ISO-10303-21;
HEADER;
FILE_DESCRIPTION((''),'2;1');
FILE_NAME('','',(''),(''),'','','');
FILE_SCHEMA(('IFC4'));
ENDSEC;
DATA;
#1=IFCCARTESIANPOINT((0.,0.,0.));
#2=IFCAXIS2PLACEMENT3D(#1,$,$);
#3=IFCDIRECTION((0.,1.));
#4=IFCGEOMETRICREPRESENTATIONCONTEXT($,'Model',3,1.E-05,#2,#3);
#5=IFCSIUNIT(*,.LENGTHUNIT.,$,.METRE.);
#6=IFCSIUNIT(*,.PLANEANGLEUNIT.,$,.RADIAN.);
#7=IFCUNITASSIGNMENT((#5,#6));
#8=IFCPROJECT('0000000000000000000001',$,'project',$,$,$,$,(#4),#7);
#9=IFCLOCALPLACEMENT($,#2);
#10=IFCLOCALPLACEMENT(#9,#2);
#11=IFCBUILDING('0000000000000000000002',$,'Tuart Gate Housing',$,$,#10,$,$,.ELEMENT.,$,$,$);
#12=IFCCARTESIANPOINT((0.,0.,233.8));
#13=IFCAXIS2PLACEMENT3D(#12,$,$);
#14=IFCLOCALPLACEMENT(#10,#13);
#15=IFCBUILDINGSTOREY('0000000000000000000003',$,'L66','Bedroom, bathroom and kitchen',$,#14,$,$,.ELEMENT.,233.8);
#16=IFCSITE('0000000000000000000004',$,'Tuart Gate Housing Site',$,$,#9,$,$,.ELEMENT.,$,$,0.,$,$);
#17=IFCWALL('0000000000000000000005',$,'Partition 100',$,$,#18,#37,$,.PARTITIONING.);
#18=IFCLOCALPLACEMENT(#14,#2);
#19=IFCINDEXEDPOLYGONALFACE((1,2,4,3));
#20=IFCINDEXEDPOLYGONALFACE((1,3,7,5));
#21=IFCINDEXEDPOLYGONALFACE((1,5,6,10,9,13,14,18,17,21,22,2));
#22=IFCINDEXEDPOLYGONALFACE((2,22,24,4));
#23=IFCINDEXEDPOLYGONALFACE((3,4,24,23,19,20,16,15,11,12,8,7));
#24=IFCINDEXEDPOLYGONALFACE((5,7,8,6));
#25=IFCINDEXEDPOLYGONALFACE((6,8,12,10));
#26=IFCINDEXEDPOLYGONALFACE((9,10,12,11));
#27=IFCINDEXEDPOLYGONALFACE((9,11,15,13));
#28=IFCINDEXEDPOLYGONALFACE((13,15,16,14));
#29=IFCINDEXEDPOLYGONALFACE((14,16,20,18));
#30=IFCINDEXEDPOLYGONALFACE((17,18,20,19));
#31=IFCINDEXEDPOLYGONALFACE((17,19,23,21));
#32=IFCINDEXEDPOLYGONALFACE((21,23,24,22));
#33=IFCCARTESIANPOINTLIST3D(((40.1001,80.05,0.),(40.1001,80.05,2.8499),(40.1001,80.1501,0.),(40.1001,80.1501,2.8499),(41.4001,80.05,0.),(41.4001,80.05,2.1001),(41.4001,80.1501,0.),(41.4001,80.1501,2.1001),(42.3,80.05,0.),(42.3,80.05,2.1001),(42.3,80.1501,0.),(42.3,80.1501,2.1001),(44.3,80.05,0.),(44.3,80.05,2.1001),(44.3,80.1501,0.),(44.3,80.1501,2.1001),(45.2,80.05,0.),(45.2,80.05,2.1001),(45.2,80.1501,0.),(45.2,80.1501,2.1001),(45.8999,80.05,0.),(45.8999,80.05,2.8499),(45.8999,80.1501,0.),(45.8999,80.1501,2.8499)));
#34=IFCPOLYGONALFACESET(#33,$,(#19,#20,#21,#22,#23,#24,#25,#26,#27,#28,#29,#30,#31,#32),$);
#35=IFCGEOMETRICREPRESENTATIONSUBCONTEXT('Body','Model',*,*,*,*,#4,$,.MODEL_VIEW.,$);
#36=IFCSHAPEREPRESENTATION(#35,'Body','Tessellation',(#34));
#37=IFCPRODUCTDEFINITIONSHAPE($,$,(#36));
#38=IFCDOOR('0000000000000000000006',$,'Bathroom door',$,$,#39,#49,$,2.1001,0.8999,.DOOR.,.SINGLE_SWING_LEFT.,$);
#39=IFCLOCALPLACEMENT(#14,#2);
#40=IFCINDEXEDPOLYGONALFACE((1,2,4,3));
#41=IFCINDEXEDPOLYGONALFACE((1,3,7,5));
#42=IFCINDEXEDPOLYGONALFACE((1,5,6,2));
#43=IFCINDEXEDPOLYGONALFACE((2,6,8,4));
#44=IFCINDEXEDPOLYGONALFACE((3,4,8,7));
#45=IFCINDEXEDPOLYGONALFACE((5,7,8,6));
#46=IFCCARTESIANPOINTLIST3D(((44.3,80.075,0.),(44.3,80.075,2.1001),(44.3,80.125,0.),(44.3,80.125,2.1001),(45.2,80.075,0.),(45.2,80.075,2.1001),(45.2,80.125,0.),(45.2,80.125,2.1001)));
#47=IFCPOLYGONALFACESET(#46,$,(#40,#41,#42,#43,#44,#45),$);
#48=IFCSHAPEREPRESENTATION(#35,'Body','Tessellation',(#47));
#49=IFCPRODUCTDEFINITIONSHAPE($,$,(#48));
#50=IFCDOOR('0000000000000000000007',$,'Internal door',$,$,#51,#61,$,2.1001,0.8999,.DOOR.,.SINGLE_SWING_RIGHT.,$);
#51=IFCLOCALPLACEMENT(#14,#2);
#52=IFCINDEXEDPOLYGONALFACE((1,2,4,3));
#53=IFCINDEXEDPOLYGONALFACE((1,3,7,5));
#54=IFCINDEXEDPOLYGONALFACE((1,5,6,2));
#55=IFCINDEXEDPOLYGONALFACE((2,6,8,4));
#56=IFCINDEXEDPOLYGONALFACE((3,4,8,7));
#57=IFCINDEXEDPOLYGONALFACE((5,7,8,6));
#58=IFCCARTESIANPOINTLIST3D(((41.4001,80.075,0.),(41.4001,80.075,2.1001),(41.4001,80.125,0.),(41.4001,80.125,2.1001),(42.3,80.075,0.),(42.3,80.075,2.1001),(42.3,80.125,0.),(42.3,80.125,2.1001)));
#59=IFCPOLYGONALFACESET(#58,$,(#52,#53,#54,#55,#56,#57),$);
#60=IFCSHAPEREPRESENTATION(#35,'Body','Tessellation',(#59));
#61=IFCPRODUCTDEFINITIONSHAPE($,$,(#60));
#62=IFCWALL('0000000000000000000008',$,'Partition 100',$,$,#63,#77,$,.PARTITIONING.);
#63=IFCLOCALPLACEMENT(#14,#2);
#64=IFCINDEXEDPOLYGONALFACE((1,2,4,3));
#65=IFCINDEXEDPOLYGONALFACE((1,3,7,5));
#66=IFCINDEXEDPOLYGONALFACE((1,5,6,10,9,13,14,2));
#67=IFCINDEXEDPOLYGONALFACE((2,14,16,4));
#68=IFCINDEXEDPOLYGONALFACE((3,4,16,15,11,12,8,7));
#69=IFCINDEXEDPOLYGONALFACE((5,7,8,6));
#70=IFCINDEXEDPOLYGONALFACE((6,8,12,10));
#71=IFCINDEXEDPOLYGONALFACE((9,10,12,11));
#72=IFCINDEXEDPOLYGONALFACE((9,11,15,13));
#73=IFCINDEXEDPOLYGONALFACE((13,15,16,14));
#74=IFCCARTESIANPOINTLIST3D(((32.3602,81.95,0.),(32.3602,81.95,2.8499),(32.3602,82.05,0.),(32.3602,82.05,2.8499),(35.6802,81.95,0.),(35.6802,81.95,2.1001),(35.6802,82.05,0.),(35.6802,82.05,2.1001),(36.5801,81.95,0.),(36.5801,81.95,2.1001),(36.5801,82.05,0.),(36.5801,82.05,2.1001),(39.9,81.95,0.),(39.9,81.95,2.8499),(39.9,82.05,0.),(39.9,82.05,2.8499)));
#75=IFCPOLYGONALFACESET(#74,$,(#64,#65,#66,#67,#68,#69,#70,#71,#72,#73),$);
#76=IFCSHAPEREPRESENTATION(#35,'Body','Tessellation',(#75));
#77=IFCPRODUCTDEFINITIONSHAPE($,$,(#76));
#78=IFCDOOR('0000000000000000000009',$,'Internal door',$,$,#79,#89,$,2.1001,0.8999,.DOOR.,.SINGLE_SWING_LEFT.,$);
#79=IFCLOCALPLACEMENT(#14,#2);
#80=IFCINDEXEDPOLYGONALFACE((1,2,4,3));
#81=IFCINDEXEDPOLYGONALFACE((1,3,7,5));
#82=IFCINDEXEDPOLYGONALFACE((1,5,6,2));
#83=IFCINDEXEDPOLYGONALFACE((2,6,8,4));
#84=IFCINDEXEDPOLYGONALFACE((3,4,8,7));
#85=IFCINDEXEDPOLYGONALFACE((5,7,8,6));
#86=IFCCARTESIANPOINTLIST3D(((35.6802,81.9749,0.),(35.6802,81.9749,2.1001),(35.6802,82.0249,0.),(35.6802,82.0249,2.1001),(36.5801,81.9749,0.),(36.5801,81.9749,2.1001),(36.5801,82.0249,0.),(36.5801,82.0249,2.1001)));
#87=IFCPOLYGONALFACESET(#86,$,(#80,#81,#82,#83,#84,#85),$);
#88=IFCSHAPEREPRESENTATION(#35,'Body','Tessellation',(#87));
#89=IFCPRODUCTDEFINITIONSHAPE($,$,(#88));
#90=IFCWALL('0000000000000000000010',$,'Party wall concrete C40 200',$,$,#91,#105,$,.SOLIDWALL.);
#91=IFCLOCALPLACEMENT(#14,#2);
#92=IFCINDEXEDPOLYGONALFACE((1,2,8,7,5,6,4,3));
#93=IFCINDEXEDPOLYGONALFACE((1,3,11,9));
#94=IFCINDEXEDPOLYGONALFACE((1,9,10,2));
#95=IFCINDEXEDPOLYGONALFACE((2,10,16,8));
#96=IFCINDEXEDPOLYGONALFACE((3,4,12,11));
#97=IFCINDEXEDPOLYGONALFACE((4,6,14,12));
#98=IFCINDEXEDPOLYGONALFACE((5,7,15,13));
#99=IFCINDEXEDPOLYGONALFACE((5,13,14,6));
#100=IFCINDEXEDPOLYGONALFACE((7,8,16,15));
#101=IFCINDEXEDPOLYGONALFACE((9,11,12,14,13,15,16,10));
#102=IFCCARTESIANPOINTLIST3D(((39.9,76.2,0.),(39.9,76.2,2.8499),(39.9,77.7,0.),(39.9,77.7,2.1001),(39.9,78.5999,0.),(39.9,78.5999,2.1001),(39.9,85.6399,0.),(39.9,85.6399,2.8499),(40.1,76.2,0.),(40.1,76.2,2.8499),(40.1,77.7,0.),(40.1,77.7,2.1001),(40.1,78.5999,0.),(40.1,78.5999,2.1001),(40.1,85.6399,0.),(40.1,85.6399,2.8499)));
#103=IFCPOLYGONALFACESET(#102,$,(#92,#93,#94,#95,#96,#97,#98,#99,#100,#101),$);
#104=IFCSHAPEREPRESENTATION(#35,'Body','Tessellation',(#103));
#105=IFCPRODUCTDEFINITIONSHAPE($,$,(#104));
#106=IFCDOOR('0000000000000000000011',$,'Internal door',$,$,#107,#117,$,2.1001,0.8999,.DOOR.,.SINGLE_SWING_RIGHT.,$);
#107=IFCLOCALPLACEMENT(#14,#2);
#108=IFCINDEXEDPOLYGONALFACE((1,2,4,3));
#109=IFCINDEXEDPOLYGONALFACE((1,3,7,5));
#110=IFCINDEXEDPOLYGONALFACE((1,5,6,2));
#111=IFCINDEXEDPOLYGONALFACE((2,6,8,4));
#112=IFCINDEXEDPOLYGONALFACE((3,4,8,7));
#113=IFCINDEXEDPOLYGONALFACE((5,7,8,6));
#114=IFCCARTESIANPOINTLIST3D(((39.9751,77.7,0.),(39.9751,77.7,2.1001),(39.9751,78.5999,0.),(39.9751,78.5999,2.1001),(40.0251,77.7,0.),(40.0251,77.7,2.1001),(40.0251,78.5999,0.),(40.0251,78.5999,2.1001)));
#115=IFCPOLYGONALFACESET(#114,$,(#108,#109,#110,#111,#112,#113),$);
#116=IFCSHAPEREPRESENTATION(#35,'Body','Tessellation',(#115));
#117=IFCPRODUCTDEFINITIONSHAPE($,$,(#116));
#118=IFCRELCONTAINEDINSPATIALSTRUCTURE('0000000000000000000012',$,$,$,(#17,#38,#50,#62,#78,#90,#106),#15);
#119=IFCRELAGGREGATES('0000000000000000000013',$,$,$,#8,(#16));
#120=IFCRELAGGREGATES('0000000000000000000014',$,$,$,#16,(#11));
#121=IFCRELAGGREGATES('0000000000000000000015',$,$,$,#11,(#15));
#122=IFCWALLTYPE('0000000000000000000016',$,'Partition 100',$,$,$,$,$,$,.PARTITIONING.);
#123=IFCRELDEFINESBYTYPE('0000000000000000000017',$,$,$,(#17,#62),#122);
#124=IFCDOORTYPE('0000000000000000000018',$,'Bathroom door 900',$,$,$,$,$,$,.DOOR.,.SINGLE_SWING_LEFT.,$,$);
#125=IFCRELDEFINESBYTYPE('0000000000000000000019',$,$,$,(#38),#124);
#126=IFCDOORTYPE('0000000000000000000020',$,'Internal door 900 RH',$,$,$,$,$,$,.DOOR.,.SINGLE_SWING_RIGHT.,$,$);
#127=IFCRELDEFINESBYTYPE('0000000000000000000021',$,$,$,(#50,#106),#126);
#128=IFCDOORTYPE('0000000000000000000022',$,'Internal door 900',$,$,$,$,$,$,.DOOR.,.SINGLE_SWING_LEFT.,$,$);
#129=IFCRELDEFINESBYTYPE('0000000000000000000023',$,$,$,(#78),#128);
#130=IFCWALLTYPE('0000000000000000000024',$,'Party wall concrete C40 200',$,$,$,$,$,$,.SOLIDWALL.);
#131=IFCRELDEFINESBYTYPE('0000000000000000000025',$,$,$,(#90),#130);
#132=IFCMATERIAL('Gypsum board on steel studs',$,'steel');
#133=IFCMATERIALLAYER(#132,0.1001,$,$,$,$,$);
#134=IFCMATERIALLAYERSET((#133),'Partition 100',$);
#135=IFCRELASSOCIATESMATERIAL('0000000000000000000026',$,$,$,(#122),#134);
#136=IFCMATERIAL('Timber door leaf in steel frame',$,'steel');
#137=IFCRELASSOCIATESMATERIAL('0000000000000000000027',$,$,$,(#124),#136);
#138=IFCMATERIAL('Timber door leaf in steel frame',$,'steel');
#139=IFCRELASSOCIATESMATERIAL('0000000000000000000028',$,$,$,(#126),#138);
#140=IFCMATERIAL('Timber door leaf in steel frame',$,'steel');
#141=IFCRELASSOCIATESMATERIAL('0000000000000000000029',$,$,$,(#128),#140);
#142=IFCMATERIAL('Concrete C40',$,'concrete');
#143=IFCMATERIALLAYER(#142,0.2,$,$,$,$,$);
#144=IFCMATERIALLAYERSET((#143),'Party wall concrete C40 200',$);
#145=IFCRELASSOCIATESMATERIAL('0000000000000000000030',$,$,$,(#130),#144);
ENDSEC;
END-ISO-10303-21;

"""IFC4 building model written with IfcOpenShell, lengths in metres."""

from ifc_helpers import new_model, si_unit, direction, frame, frame_2d, origin, place, context, subcontext, project, spatial, rectangle, extrude, material, layer, layer_set, type_object, element, fill, save


model = new_model("IFC4")

# Units and contexts
model_context = context("Model", 3, precision=1e-05, world=origin(), true_north=direction((0.0, 1.0)))
body_context = subcontext(model_context, "Body", "Model", "MODEL_VIEW")
ifc_project = project(units=[si_unit("LENGTHUNIT", "METRE"), si_unit("PLANEANGLEUNIT", "RADIAN")], contexts=[model_context])

# Site, building, storey
site_placement = place(None, origin())
site = spatial("IfcSite", under=ifc_project, at=site_placement, Name="Tuart Gate Housing Site", CompositionType="ELEMENT", RefElevation=0.0)
building_placement = place(site_placement, origin())
building = spatial("IfcBuilding", under=site, at=building_placement, Name="Tuart Gate Housing", CompositionType="ELEMENT")
storey_placement = place(building_placement, frame((0.0, 0.0, 233.8)))
storey = spatial("IfcBuildingStorey", under=building, at=storey_placement, Name="L66", Description="Bedroom, bathroom and kitchen", CompositionType="ELEMENT", Elevation=233.8)

# Wall, openings, doors
ifc_material_1 = material(Name="Gypsum board on steel studs", Category="steel")
ifc_layer_1 = layer(ifc_material_1, 0.1001)
ifc_layer_set_1 = layer_set([ifc_layer_1], Name="Partition 100")
wall_type_1 = type_object("IfcWallType", Name="Partition 100", PredefinedType="PARTITIONING", material=ifc_layer_set_1)
wall_1_placement = place(storey_placement, frame((40.1001, 80.1001, 0.0), z_axis=(0.0, 0.0, 1.0), x_axis=(1.0, 0.0, 0.0)))
wall_1 = element("IfcWall", 1, at=wall_1_placement, inside=storey, type_object=wall_type_1, Name="Partition 100", PredefinedType="PARTITIONING", context=body_context, shape_type="SweptSolid", body=[
    extrude(rectangle(XDim=5.7998, YDim=0.1001, at=frame_2d((2.8999, 0.0))), origin(), (0.0, 0.0, 1.0), 2.8499),
])
opening_1_placement = place(wall_1_placement, frame((1.3, 0.0, 0.0)))
opening_1 = element("IfcOpeningElement", 2, at=opening_1_placement, cuts=wall_1, PredefinedType="OPENING", context=body_context, shape_type="SweptSolid", body=[
    extrude(rectangle(XDim=0.8999, YDim=2.1001, at=frame_2d((0.45, 1.05))), frame((0.0, 0.0601, 0.0), z_axis=(0.0, -1.0, 0.0), x_axis=(1.0, 0.0, 0.0)), (0.0, 0.0, 1.0), 0.1201),
])
opening_2_placement = place(wall_1_placement, frame((4.2, 0.0, 0.0)))
opening_2 = element("IfcOpeningElement", 3, at=opening_2_placement, cuts=wall_1, PredefinedType="OPENING", context=body_context, shape_type="SweptSolid", body=[
    extrude(rectangle(XDim=0.8999, YDim=2.1001, at=frame_2d((0.45, 1.05))), frame((0.0, 0.0601, 0.0), z_axis=(0.0, -1.0, 0.0), x_axis=(1.0, 0.0, 0.0)), (0.0, 0.0, 1.0), 0.1201),
])
ifc_material_2 = material(Name="Timber door leaf in steel frame", Category="steel")
door_type_1 = type_object("IfcDoorType", Name="Bathroom door 900", OperationType="SINGLE_SWING_LEFT", PredefinedType="DOOR", material=ifc_material_2)
door_1_placement = place(opening_2_placement, origin())
door_1 = element("IfcDoor", 4, at=door_1_placement, inside=storey, type_object=door_type_1, Name="Bathroom door", OperationType="SINGLE_SWING_LEFT", OverallHeight=2.1001, OverallWidth=0.8999, PredefinedType="DOOR", context=body_context, shape_type="SweptSolid", body=[
    extrude(rectangle(XDim=0.8999, YDim=2.1001, at=frame_2d((0.45, 1.05))), frame((0.0, 0.0249, 0.0), z_axis=(0.0, -1.0, 0.0), x_axis=(1.0, 0.0, 0.0)), (0.0, 0.0, 1.0), 0.05),
])
fill(opening_2, door_1)
ifc_material_3 = material(Name="Timber door leaf in steel frame", Category="steel")
door_type_2 = type_object("IfcDoorType", Name="Internal door 900 RH", OperationType="SINGLE_SWING_RIGHT", PredefinedType="DOOR", material=ifc_material_3)
door_2_placement = place(opening_1_placement, origin())
door_2 = element("IfcDoor", 5, at=door_2_placement, inside=storey, type_object=door_type_2, Name="Internal door", OperationType="SINGLE_SWING_RIGHT", OverallHeight=2.1001, OverallWidth=0.8999, PredefinedType="DOOR", context=body_context, shape_type="SweptSolid", body=[
    extrude(rectangle(XDim=0.8999, YDim=2.1001, at=frame_2d((0.45, 1.05))), frame((0.0, 0.0249, 0.0), z_axis=(0.0, -1.0, 0.0), x_axis=(1.0, 0.0, 0.0)), (0.0, 0.0, 1.0), 0.05),
])
fill(opening_1, door_2)

# Walls, openings, doors
wall_2_placement = place(storey_placement, frame((32.3601, 82.0, 0.0), z_axis=(0.0, 0.0, 1.0), x_axis=(1.0, 0.0, 0.0)))
wall_2 = element("IfcWall", 6, at=wall_2_placement, inside=storey, type_object=wall_type_1, Name="Partition 100", PredefinedType="PARTITIONING", context=body_context, shape_type="SweptSolid", body=[
    extrude(rectangle(XDim=7.5398, YDim=0.1001, at=frame_2d((3.77, 0.0))), origin(), (0.0, 0.0, 1.0), 2.8499),
])
opening_3_placement = place(wall_2_placement, frame((3.3201, 0.0, 0.0)))
opening_3 = element("IfcOpeningElement", 7, at=opening_3_placement, cuts=wall_2, PredefinedType="OPENING", context=body_context, shape_type="SweptSolid", body=[
    extrude(rectangle(XDim=0.8999, YDim=2.1001, at=frame_2d((0.45, 1.05))), frame((0.0, 0.0601, 0.0), z_axis=(0.0, -1.0, 0.0), x_axis=(1.0, 0.0, 0.0)), (0.0, 0.0, 1.0), 0.1201),
])
ifc_material_4 = material(Name="Timber door leaf in steel frame", Category="steel")
door_type_3 = type_object("IfcDoorType", Name="Internal door 900", OperationType="SINGLE_SWING_LEFT", PredefinedType="DOOR", material=ifc_material_4)
door_3_placement = place(opening_3_placement, origin())
door_3 = element("IfcDoor", 8, at=door_3_placement, inside=storey, type_object=door_type_3, Name="Internal door", OperationType="SINGLE_SWING_LEFT", OverallHeight=2.1001, OverallWidth=0.8999, PredefinedType="DOOR", context=body_context, shape_type="SweptSolid", body=[
    extrude(rectangle(XDim=0.8999, YDim=2.1001, at=frame_2d((0.45, 1.05))), frame((0.0, 0.0249, 0.0), z_axis=(0.0, -1.0, 0.0), x_axis=(1.0, 0.0, 0.0)), (0.0, 0.0, 1.0), 0.05),
])
fill(opening_3, door_3)
ifc_material_5 = material(Name="Concrete C40", Category="concrete")
ifc_layer_2 = layer(ifc_material_5, 0.2)
ifc_layer_set_2 = layer_set([ifc_layer_2], Name="Party wall concrete C40 200")
wall_type_2 = type_object("IfcWallType", Name="Party wall concrete C40 200", PredefinedType="SOLIDWALL", material=ifc_layer_set_2)
wall_3_placement = place(storey_placement, frame((40.0, 76.2, 0.0), z_axis=(0.0, 0.0, 1.0), x_axis=(0.0, 1.0, 0.0)))
wall_3 = element("IfcWall", 9, at=wall_3_placement, inside=storey, type_object=wall_type_2, Name="Party wall concrete C40 200", PredefinedType="SOLIDWALL", context=body_context, shape_type="SweptSolid", body=[
    extrude(rectangle(XDim=9.4399, YDim=0.2, at=frame_2d((4.72, 0.0))), origin(), (0.0, 0.0, 1.0), 2.8499),
])
opening_4_placement = place(wall_3_placement, frame((1.5, 0.0, 0.0)))
opening_4 = element("IfcOpeningElement", 10, at=opening_4_placement, cuts=wall_3, PredefinedType="OPENING", context=body_context, shape_type="SweptSolid", body=[
    extrude(rectangle(XDim=0.8999, YDim=2.1001, at=frame_2d((0.45, 1.05))), frame((0.0, 0.1099, 0.0), z_axis=(0.0, -1.0, 0.0), x_axis=(1.0, 0.0, 0.0)), (0.0, 0.0, 1.0), 0.22),
])
door_4_placement = place(opening_4_placement, frame((0.8999, 0.0, 0.0), z_axis=(0.0, 0.0, 1.0), x_axis=(-1.0, 0.0, 0.0)))
door_4 = element("IfcDoor", 11, at=door_4_placement, inside=storey, type_object=door_type_2, Name="Internal door", OperationType="SINGLE_SWING_RIGHT", OverallHeight=2.1001, OverallWidth=0.8999, PredefinedType="DOOR", context=body_context, shape_type="SweptSolid", body=[
    extrude(rectangle(XDim=0.8999, YDim=2.1001, at=frame_2d((0.45, 1.05))), frame((0.0, 0.0251, 0.0), z_axis=(0.0, -1.0, 0.0), x_axis=(1.0, 0.0, 0.0)), (0.0, 0.0, 1.0), 0.05),
])
fill(opening_4, door_4)

save(model, "model.ifc")
